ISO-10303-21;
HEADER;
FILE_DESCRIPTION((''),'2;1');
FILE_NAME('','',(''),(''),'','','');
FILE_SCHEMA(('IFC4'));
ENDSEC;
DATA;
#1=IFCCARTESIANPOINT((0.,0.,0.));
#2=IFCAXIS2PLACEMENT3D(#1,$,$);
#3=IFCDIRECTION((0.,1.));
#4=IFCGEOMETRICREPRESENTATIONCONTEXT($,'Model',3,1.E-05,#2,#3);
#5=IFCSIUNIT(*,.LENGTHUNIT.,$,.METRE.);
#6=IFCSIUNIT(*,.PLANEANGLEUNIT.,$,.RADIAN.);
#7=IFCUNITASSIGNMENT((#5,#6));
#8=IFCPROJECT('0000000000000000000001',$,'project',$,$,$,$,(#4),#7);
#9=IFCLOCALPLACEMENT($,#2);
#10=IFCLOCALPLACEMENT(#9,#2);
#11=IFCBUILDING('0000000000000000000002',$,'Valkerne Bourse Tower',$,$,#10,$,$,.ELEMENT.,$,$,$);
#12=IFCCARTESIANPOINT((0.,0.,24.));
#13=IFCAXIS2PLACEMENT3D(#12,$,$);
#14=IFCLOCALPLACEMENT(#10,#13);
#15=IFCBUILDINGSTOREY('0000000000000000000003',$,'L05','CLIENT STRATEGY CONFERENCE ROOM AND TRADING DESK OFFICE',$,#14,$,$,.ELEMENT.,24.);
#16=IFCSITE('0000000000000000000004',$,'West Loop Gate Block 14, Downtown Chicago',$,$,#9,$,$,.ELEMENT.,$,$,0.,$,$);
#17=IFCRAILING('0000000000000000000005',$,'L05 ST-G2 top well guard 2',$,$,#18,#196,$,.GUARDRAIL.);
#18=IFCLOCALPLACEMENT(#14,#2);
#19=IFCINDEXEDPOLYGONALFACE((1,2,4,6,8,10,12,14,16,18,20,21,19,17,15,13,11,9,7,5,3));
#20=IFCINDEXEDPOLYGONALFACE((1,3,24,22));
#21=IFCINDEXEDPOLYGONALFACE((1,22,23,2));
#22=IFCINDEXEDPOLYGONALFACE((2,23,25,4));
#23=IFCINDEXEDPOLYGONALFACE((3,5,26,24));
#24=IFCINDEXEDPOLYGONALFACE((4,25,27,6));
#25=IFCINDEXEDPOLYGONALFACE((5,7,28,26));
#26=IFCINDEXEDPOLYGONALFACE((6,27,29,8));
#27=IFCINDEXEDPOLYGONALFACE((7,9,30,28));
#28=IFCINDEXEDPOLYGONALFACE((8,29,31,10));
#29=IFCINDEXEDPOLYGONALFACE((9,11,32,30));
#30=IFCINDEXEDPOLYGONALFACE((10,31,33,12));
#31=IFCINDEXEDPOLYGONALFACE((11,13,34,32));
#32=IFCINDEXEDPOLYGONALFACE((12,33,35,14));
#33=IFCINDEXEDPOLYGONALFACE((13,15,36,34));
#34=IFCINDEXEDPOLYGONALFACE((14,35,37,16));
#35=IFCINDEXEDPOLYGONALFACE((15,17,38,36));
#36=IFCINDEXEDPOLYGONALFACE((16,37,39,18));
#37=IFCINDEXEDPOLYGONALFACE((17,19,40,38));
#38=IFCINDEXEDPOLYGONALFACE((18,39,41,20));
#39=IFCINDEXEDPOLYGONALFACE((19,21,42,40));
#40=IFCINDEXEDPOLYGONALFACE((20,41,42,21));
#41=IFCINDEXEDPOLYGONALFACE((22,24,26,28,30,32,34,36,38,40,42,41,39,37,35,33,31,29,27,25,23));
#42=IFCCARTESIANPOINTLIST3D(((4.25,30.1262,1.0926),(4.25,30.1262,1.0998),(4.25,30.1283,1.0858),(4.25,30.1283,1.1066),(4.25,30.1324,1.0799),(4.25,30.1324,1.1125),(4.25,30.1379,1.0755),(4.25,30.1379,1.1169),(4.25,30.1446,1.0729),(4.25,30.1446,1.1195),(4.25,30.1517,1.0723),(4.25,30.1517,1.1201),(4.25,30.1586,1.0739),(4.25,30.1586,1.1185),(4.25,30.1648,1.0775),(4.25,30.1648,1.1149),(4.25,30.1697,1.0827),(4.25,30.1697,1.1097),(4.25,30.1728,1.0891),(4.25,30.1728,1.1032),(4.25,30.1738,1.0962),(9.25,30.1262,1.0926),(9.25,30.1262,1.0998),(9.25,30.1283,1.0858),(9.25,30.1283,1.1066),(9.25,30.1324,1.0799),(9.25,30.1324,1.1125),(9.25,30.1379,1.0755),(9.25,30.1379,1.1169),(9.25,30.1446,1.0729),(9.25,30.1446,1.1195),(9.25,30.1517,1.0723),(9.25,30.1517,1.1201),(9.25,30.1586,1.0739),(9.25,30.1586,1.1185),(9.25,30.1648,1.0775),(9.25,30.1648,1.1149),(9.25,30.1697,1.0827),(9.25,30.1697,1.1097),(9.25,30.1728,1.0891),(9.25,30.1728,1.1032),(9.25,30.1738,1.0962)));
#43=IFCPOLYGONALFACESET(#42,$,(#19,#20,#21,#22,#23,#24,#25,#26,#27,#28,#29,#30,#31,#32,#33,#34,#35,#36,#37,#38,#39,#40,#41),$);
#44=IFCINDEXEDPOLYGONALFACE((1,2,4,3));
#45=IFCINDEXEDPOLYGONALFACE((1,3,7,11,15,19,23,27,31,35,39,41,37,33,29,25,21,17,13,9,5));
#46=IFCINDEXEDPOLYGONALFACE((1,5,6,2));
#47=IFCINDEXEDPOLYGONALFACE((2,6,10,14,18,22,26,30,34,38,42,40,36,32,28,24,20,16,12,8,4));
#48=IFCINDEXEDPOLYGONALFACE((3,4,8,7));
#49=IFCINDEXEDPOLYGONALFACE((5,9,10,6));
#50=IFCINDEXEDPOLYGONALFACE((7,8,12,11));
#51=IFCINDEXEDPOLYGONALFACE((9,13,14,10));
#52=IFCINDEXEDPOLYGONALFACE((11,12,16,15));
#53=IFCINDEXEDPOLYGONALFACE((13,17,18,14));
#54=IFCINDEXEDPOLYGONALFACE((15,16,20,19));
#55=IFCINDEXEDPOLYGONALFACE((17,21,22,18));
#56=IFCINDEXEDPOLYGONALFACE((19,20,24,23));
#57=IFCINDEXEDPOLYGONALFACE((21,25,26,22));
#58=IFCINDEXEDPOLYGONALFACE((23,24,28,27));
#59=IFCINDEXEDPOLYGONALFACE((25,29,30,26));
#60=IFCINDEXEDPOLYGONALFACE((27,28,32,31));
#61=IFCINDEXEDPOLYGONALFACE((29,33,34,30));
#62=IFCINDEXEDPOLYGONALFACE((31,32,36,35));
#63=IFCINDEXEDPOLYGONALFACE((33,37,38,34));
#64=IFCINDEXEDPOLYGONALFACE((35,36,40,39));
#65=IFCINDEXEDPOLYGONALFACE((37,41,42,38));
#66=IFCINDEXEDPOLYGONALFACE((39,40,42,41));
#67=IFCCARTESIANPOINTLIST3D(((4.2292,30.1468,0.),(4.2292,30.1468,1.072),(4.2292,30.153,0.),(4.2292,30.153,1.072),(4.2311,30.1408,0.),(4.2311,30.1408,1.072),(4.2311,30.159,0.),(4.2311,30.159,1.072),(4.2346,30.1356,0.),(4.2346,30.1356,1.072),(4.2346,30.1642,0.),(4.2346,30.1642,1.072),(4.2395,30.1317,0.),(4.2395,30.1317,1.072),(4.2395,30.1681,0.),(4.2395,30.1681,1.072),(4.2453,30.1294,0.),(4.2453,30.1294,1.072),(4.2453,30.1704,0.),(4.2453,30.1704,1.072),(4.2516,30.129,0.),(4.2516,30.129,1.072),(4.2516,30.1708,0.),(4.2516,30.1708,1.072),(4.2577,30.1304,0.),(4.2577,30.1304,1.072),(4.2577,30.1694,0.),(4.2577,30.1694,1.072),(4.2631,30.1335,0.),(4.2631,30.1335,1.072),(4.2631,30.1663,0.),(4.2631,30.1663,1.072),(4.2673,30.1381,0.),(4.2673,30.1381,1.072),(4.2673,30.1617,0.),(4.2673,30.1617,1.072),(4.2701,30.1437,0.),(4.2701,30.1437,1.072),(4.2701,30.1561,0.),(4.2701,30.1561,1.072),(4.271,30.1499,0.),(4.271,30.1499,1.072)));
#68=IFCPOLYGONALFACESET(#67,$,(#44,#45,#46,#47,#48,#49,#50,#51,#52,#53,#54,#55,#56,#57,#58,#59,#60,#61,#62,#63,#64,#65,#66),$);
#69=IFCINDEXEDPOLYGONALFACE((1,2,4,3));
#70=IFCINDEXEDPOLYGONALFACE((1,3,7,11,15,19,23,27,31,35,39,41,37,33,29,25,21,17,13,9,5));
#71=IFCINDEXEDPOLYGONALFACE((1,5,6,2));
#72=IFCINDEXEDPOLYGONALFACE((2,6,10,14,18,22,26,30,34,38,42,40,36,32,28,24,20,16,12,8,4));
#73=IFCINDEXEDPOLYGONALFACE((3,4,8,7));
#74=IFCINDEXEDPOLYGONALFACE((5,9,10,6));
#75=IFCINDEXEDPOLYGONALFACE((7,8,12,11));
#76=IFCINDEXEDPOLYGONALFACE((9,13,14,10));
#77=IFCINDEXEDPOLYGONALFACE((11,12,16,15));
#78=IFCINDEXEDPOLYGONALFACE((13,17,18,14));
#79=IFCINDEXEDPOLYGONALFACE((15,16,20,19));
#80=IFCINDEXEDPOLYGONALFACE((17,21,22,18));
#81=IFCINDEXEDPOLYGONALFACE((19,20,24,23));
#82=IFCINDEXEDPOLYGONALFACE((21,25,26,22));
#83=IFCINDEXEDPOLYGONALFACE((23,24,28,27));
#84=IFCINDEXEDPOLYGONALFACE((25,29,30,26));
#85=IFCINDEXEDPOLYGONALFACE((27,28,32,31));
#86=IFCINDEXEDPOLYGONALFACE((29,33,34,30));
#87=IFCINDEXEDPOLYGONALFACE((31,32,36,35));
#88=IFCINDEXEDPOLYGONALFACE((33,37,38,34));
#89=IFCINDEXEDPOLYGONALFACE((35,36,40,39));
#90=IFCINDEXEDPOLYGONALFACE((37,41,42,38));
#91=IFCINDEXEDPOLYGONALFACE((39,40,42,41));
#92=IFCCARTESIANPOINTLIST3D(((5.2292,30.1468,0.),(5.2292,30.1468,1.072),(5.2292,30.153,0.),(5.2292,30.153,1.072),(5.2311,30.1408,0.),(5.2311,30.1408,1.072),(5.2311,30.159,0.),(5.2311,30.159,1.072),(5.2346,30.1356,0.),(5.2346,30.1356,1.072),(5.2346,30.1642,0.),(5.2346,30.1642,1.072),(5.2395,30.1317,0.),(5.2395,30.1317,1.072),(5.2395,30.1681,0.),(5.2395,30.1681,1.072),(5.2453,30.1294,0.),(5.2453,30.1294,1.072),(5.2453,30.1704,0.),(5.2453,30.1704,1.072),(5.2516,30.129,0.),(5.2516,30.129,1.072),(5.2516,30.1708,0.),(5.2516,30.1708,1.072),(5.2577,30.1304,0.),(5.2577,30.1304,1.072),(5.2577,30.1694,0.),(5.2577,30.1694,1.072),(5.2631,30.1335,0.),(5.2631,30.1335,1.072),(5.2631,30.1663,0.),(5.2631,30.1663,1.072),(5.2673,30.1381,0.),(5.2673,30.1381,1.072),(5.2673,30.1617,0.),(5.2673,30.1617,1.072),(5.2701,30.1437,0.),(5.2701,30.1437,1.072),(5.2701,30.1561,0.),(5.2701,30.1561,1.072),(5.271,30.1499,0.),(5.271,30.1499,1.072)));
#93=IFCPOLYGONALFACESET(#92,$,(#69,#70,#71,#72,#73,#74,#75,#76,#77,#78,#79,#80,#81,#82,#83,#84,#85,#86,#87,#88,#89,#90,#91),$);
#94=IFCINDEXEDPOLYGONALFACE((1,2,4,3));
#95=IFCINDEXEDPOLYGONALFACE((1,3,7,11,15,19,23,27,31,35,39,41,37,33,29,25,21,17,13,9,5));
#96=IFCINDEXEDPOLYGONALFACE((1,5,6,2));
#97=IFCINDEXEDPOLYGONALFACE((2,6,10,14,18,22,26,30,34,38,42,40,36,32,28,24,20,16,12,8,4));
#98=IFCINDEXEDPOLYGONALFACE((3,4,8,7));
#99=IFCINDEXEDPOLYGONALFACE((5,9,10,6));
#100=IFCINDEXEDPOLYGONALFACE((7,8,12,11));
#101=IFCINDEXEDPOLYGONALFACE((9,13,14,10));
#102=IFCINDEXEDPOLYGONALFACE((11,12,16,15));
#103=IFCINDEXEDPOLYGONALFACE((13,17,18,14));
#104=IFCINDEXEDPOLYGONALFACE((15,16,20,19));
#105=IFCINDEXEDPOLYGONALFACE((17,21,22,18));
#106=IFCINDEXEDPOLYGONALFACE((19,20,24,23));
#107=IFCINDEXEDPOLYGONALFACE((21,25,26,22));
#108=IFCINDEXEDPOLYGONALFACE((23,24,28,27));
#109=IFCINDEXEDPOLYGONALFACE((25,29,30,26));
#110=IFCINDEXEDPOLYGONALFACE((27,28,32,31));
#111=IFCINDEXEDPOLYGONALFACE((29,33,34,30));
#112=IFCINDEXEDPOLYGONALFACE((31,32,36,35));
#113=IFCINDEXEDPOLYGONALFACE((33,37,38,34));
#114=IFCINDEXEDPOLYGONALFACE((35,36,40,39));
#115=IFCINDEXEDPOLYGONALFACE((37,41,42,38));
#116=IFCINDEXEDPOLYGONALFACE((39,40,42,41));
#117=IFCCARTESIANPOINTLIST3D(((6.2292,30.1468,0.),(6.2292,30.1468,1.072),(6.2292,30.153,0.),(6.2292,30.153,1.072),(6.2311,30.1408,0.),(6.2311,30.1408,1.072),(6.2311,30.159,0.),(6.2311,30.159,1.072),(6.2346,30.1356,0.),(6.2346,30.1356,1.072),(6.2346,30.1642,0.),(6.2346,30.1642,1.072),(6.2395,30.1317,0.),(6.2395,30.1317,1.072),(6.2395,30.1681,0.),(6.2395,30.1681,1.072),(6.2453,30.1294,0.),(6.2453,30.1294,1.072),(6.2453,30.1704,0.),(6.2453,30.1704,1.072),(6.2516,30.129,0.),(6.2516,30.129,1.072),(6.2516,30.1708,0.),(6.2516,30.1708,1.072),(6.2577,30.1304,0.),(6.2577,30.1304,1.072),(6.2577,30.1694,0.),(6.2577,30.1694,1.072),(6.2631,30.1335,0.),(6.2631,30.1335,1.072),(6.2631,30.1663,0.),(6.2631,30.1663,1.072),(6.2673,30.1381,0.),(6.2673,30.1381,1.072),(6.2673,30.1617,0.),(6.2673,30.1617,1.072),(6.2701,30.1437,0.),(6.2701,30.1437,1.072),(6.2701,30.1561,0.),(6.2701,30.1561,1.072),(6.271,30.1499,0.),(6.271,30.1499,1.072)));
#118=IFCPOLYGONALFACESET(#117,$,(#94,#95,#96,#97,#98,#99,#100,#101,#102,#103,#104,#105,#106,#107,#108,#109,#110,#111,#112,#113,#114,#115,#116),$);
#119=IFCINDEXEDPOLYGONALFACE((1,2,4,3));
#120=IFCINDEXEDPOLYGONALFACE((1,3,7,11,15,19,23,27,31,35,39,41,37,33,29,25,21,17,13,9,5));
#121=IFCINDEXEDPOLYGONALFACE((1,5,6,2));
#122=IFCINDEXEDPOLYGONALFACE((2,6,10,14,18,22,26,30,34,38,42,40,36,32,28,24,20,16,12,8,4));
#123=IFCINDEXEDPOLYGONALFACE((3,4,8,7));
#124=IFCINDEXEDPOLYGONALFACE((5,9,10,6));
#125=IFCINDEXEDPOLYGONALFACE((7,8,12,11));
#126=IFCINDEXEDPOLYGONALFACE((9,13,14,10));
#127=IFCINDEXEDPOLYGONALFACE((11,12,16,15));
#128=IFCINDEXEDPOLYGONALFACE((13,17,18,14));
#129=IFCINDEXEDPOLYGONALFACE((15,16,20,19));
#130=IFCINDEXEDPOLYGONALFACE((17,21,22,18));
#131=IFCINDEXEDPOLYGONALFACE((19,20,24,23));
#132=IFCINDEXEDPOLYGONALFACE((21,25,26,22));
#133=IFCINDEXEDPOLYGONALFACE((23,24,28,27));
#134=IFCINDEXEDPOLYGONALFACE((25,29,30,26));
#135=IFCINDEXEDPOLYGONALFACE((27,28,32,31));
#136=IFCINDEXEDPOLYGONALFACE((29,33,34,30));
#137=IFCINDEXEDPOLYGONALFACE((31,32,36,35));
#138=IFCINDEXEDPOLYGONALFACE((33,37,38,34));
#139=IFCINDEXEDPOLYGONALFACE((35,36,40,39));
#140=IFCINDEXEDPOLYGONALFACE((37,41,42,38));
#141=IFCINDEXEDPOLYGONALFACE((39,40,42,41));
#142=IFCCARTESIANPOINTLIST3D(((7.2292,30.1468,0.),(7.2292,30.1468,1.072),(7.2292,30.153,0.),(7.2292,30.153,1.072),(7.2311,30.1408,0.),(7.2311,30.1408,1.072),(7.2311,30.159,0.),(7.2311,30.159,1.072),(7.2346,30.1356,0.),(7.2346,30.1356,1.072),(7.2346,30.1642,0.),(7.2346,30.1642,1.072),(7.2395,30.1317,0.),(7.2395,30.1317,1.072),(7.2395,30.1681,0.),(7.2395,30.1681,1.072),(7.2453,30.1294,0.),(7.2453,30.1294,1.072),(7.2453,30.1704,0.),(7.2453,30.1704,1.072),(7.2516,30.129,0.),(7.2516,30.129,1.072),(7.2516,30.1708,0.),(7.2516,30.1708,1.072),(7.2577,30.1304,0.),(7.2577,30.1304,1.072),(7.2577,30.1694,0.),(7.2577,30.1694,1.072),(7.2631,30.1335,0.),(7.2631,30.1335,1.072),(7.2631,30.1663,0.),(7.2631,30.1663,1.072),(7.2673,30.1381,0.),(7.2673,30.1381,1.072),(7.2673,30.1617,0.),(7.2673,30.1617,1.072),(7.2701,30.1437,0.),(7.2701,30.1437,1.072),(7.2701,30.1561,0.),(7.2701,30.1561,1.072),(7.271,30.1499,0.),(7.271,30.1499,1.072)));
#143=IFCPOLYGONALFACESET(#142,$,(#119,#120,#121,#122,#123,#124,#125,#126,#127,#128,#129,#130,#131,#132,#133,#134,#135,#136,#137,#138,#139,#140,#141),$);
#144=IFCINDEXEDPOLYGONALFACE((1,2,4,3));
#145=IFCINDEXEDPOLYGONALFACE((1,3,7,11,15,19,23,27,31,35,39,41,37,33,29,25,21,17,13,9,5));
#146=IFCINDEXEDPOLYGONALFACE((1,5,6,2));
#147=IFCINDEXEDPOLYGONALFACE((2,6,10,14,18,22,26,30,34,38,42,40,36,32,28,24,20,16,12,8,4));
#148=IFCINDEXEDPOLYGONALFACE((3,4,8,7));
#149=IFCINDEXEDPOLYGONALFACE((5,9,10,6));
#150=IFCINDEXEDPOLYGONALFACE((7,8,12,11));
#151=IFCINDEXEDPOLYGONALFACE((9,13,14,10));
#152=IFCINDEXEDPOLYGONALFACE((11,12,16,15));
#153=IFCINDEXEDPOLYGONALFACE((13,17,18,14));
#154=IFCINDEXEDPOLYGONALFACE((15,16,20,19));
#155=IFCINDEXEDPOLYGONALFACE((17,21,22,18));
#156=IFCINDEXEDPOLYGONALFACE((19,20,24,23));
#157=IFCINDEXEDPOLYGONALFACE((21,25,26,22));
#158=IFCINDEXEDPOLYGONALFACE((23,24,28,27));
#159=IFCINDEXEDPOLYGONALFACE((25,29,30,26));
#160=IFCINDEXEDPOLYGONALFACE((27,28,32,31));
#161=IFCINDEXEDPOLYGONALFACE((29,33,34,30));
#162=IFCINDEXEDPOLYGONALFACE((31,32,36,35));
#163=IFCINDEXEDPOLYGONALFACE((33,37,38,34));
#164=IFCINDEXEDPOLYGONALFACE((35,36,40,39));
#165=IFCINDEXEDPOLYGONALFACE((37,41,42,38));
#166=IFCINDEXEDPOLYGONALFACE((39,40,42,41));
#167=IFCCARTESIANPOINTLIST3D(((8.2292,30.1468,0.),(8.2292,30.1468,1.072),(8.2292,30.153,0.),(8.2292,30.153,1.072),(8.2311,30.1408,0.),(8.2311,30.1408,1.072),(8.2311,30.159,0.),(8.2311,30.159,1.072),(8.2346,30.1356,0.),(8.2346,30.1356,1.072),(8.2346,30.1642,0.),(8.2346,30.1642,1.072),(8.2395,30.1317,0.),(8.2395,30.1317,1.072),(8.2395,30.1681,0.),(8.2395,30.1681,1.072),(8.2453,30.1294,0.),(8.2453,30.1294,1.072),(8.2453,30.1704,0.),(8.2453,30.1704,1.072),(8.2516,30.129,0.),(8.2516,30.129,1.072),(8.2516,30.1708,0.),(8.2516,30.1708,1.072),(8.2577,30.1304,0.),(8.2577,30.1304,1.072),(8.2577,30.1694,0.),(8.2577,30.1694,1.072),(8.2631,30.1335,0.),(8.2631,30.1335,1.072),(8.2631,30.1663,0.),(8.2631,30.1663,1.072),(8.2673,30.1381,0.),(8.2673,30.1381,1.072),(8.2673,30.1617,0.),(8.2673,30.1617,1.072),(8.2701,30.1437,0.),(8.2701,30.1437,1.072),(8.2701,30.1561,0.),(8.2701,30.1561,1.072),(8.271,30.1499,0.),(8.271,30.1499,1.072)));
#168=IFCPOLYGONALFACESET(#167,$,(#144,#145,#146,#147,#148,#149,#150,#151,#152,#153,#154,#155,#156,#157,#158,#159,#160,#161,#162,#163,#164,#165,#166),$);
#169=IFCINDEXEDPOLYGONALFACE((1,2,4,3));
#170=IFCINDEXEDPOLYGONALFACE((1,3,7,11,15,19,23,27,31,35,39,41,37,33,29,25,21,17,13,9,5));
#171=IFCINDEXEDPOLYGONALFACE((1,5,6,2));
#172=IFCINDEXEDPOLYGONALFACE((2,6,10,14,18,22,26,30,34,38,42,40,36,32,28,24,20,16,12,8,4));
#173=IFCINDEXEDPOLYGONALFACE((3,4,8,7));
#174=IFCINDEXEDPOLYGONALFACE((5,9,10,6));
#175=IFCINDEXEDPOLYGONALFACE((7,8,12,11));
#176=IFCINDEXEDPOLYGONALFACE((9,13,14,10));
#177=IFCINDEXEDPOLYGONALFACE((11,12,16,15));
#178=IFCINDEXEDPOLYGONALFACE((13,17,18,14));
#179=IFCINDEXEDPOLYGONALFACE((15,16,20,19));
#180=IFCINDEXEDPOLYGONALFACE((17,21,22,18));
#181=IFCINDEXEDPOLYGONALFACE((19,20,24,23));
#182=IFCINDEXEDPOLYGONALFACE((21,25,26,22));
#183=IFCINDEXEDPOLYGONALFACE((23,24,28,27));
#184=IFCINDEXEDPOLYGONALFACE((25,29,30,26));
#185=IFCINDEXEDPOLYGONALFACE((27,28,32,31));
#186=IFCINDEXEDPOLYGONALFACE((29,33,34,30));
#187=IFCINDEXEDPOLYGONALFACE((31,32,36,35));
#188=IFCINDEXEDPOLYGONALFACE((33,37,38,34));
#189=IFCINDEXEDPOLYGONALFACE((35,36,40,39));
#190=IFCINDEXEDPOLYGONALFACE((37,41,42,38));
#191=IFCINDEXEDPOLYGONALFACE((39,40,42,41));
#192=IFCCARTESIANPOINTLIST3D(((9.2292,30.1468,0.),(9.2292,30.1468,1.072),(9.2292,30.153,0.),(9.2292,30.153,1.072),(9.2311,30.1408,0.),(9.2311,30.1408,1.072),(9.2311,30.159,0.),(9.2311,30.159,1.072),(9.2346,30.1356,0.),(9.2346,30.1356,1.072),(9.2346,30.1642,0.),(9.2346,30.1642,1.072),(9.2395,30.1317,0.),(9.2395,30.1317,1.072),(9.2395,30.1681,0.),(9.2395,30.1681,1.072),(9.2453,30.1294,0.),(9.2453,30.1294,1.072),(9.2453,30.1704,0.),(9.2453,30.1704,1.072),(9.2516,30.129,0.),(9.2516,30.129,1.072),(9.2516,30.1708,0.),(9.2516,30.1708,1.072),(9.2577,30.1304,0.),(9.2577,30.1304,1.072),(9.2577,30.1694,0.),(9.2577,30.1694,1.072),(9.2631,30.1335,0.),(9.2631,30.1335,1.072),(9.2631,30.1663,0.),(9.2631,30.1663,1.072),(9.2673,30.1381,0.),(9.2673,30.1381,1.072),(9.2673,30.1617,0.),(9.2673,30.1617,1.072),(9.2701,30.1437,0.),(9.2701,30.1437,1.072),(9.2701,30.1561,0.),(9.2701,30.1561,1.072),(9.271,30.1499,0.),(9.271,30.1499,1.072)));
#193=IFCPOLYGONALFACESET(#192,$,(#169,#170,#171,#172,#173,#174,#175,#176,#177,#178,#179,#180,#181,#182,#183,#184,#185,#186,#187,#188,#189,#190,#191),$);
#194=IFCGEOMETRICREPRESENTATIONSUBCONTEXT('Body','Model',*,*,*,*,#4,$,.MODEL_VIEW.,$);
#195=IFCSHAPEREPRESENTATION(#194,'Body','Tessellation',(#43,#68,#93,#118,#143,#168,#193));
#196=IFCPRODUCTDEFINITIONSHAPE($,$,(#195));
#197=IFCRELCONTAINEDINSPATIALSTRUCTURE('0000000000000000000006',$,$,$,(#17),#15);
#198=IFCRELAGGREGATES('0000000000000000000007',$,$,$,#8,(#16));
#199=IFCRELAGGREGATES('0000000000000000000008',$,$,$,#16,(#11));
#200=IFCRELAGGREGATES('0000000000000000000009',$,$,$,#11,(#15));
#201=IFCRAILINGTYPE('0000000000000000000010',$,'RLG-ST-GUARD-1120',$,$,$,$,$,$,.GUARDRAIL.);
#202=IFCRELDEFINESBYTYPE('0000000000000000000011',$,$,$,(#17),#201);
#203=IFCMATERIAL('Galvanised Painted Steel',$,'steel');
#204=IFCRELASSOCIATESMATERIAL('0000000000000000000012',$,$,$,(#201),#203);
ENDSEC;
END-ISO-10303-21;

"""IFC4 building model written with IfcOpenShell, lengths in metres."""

from ifc_helpers import new_model, si_unit, direction, frame, origin, origin_2d, place, context, subcontext, project, spatial, circle, extrude, material, type_object, element, save


model = new_model("IFC4")

# Units and contexts
model_context = context("Model", 3, precision=1e-05, world=origin(), true_north=direction((0.0, 1.0)))
body_context = subcontext(model_context, "Body", "Model", "MODEL_VIEW")
ifc_project = project(units=[si_unit("LENGTHUNIT", "METRE"), si_unit("PLANEANGLEUNIT", "RADIAN")], contexts=[model_context])

# Site, building, storey
site_placement = place(None, origin())
site = spatial("IfcSite", under=ifc_project, at=site_placement, Name="West Loop Gate Block 14, Downtown Chicago", CompositionType="ELEMENT", RefElevation=0.0)
building_placement = place(site_placement, origin())
building = spatial("IfcBuilding", under=site, at=building_placement, Name="Valkerne Bourse Tower", CompositionType="ELEMENT")
storey_placement = place(building_placement, frame((0.0, 0.0, 24.0)))
storey = spatial("IfcBuildingStorey", under=building, at=storey_placement, Name="L05", Description="CLIENT STRATEGY CONFERENCE ROOM AND TRADING DESK OFFICE", CompositionType="ELEMENT", Elevation=24.0)

# Railing
ifc_material_1 = material(Name="Galvanised Painted Steel", Category="steel")
railing_type = type_object("IfcRailingType", Name="RLG-ST-GUARD-1120", PredefinedType="GUARDRAIL", material=ifc_material_1)
railing_1_placement = place(storey_placement, frame((4.25, 30.1499, 0.0)))
element("IfcRailing", 1, at=railing_1_placement, inside=storey, type_object=railing_type, Name="L05 ST-G2 top well guard 2", PredefinedType="GUARDRAIL", context=body_context, shape_type="SweptSolid", body=[
    extrude(circle(Radius=0.0239, at=origin_2d()), frame((0.0, 0.0, 1.0962), z_axis=(1.0, 0.0, 0.0), x_axis=(0.0, 1.0, 0.0)), (0.0, 0.0, 1.0), 5.0),
    extrude(circle(Radius=0.021, at=origin_2d()), origin(), (0.0, 0.0, 1.0), 1.072),
    extrude(circle(Radius=0.021, at=origin_2d()), frame((1.0, 0.0, 0.0)), (0.0, 0.0, 1.0), 1.072),
    extrude(circle(Radius=0.021, at=origin_2d()), frame((2.0, 0.0, 0.0)), (0.0, 0.0, 1.0), 1.072),
    extrude(circle(Radius=0.021, at=origin_2d()), frame((3.0, 0.0, 0.0)), (0.0, 0.0, 1.0), 1.072),
    extrude(circle(Radius=0.021, at=origin_2d()), frame((4.0, 0.0, 0.0)), (0.0, 0.0, 1.0), 1.072),
    extrude(circle(Radius=0.021, at=origin_2d()), frame((5.0, 0.0, 0.0)), (0.0, 0.0, 1.0), 1.072),
])

save(model, "model.ifc")
